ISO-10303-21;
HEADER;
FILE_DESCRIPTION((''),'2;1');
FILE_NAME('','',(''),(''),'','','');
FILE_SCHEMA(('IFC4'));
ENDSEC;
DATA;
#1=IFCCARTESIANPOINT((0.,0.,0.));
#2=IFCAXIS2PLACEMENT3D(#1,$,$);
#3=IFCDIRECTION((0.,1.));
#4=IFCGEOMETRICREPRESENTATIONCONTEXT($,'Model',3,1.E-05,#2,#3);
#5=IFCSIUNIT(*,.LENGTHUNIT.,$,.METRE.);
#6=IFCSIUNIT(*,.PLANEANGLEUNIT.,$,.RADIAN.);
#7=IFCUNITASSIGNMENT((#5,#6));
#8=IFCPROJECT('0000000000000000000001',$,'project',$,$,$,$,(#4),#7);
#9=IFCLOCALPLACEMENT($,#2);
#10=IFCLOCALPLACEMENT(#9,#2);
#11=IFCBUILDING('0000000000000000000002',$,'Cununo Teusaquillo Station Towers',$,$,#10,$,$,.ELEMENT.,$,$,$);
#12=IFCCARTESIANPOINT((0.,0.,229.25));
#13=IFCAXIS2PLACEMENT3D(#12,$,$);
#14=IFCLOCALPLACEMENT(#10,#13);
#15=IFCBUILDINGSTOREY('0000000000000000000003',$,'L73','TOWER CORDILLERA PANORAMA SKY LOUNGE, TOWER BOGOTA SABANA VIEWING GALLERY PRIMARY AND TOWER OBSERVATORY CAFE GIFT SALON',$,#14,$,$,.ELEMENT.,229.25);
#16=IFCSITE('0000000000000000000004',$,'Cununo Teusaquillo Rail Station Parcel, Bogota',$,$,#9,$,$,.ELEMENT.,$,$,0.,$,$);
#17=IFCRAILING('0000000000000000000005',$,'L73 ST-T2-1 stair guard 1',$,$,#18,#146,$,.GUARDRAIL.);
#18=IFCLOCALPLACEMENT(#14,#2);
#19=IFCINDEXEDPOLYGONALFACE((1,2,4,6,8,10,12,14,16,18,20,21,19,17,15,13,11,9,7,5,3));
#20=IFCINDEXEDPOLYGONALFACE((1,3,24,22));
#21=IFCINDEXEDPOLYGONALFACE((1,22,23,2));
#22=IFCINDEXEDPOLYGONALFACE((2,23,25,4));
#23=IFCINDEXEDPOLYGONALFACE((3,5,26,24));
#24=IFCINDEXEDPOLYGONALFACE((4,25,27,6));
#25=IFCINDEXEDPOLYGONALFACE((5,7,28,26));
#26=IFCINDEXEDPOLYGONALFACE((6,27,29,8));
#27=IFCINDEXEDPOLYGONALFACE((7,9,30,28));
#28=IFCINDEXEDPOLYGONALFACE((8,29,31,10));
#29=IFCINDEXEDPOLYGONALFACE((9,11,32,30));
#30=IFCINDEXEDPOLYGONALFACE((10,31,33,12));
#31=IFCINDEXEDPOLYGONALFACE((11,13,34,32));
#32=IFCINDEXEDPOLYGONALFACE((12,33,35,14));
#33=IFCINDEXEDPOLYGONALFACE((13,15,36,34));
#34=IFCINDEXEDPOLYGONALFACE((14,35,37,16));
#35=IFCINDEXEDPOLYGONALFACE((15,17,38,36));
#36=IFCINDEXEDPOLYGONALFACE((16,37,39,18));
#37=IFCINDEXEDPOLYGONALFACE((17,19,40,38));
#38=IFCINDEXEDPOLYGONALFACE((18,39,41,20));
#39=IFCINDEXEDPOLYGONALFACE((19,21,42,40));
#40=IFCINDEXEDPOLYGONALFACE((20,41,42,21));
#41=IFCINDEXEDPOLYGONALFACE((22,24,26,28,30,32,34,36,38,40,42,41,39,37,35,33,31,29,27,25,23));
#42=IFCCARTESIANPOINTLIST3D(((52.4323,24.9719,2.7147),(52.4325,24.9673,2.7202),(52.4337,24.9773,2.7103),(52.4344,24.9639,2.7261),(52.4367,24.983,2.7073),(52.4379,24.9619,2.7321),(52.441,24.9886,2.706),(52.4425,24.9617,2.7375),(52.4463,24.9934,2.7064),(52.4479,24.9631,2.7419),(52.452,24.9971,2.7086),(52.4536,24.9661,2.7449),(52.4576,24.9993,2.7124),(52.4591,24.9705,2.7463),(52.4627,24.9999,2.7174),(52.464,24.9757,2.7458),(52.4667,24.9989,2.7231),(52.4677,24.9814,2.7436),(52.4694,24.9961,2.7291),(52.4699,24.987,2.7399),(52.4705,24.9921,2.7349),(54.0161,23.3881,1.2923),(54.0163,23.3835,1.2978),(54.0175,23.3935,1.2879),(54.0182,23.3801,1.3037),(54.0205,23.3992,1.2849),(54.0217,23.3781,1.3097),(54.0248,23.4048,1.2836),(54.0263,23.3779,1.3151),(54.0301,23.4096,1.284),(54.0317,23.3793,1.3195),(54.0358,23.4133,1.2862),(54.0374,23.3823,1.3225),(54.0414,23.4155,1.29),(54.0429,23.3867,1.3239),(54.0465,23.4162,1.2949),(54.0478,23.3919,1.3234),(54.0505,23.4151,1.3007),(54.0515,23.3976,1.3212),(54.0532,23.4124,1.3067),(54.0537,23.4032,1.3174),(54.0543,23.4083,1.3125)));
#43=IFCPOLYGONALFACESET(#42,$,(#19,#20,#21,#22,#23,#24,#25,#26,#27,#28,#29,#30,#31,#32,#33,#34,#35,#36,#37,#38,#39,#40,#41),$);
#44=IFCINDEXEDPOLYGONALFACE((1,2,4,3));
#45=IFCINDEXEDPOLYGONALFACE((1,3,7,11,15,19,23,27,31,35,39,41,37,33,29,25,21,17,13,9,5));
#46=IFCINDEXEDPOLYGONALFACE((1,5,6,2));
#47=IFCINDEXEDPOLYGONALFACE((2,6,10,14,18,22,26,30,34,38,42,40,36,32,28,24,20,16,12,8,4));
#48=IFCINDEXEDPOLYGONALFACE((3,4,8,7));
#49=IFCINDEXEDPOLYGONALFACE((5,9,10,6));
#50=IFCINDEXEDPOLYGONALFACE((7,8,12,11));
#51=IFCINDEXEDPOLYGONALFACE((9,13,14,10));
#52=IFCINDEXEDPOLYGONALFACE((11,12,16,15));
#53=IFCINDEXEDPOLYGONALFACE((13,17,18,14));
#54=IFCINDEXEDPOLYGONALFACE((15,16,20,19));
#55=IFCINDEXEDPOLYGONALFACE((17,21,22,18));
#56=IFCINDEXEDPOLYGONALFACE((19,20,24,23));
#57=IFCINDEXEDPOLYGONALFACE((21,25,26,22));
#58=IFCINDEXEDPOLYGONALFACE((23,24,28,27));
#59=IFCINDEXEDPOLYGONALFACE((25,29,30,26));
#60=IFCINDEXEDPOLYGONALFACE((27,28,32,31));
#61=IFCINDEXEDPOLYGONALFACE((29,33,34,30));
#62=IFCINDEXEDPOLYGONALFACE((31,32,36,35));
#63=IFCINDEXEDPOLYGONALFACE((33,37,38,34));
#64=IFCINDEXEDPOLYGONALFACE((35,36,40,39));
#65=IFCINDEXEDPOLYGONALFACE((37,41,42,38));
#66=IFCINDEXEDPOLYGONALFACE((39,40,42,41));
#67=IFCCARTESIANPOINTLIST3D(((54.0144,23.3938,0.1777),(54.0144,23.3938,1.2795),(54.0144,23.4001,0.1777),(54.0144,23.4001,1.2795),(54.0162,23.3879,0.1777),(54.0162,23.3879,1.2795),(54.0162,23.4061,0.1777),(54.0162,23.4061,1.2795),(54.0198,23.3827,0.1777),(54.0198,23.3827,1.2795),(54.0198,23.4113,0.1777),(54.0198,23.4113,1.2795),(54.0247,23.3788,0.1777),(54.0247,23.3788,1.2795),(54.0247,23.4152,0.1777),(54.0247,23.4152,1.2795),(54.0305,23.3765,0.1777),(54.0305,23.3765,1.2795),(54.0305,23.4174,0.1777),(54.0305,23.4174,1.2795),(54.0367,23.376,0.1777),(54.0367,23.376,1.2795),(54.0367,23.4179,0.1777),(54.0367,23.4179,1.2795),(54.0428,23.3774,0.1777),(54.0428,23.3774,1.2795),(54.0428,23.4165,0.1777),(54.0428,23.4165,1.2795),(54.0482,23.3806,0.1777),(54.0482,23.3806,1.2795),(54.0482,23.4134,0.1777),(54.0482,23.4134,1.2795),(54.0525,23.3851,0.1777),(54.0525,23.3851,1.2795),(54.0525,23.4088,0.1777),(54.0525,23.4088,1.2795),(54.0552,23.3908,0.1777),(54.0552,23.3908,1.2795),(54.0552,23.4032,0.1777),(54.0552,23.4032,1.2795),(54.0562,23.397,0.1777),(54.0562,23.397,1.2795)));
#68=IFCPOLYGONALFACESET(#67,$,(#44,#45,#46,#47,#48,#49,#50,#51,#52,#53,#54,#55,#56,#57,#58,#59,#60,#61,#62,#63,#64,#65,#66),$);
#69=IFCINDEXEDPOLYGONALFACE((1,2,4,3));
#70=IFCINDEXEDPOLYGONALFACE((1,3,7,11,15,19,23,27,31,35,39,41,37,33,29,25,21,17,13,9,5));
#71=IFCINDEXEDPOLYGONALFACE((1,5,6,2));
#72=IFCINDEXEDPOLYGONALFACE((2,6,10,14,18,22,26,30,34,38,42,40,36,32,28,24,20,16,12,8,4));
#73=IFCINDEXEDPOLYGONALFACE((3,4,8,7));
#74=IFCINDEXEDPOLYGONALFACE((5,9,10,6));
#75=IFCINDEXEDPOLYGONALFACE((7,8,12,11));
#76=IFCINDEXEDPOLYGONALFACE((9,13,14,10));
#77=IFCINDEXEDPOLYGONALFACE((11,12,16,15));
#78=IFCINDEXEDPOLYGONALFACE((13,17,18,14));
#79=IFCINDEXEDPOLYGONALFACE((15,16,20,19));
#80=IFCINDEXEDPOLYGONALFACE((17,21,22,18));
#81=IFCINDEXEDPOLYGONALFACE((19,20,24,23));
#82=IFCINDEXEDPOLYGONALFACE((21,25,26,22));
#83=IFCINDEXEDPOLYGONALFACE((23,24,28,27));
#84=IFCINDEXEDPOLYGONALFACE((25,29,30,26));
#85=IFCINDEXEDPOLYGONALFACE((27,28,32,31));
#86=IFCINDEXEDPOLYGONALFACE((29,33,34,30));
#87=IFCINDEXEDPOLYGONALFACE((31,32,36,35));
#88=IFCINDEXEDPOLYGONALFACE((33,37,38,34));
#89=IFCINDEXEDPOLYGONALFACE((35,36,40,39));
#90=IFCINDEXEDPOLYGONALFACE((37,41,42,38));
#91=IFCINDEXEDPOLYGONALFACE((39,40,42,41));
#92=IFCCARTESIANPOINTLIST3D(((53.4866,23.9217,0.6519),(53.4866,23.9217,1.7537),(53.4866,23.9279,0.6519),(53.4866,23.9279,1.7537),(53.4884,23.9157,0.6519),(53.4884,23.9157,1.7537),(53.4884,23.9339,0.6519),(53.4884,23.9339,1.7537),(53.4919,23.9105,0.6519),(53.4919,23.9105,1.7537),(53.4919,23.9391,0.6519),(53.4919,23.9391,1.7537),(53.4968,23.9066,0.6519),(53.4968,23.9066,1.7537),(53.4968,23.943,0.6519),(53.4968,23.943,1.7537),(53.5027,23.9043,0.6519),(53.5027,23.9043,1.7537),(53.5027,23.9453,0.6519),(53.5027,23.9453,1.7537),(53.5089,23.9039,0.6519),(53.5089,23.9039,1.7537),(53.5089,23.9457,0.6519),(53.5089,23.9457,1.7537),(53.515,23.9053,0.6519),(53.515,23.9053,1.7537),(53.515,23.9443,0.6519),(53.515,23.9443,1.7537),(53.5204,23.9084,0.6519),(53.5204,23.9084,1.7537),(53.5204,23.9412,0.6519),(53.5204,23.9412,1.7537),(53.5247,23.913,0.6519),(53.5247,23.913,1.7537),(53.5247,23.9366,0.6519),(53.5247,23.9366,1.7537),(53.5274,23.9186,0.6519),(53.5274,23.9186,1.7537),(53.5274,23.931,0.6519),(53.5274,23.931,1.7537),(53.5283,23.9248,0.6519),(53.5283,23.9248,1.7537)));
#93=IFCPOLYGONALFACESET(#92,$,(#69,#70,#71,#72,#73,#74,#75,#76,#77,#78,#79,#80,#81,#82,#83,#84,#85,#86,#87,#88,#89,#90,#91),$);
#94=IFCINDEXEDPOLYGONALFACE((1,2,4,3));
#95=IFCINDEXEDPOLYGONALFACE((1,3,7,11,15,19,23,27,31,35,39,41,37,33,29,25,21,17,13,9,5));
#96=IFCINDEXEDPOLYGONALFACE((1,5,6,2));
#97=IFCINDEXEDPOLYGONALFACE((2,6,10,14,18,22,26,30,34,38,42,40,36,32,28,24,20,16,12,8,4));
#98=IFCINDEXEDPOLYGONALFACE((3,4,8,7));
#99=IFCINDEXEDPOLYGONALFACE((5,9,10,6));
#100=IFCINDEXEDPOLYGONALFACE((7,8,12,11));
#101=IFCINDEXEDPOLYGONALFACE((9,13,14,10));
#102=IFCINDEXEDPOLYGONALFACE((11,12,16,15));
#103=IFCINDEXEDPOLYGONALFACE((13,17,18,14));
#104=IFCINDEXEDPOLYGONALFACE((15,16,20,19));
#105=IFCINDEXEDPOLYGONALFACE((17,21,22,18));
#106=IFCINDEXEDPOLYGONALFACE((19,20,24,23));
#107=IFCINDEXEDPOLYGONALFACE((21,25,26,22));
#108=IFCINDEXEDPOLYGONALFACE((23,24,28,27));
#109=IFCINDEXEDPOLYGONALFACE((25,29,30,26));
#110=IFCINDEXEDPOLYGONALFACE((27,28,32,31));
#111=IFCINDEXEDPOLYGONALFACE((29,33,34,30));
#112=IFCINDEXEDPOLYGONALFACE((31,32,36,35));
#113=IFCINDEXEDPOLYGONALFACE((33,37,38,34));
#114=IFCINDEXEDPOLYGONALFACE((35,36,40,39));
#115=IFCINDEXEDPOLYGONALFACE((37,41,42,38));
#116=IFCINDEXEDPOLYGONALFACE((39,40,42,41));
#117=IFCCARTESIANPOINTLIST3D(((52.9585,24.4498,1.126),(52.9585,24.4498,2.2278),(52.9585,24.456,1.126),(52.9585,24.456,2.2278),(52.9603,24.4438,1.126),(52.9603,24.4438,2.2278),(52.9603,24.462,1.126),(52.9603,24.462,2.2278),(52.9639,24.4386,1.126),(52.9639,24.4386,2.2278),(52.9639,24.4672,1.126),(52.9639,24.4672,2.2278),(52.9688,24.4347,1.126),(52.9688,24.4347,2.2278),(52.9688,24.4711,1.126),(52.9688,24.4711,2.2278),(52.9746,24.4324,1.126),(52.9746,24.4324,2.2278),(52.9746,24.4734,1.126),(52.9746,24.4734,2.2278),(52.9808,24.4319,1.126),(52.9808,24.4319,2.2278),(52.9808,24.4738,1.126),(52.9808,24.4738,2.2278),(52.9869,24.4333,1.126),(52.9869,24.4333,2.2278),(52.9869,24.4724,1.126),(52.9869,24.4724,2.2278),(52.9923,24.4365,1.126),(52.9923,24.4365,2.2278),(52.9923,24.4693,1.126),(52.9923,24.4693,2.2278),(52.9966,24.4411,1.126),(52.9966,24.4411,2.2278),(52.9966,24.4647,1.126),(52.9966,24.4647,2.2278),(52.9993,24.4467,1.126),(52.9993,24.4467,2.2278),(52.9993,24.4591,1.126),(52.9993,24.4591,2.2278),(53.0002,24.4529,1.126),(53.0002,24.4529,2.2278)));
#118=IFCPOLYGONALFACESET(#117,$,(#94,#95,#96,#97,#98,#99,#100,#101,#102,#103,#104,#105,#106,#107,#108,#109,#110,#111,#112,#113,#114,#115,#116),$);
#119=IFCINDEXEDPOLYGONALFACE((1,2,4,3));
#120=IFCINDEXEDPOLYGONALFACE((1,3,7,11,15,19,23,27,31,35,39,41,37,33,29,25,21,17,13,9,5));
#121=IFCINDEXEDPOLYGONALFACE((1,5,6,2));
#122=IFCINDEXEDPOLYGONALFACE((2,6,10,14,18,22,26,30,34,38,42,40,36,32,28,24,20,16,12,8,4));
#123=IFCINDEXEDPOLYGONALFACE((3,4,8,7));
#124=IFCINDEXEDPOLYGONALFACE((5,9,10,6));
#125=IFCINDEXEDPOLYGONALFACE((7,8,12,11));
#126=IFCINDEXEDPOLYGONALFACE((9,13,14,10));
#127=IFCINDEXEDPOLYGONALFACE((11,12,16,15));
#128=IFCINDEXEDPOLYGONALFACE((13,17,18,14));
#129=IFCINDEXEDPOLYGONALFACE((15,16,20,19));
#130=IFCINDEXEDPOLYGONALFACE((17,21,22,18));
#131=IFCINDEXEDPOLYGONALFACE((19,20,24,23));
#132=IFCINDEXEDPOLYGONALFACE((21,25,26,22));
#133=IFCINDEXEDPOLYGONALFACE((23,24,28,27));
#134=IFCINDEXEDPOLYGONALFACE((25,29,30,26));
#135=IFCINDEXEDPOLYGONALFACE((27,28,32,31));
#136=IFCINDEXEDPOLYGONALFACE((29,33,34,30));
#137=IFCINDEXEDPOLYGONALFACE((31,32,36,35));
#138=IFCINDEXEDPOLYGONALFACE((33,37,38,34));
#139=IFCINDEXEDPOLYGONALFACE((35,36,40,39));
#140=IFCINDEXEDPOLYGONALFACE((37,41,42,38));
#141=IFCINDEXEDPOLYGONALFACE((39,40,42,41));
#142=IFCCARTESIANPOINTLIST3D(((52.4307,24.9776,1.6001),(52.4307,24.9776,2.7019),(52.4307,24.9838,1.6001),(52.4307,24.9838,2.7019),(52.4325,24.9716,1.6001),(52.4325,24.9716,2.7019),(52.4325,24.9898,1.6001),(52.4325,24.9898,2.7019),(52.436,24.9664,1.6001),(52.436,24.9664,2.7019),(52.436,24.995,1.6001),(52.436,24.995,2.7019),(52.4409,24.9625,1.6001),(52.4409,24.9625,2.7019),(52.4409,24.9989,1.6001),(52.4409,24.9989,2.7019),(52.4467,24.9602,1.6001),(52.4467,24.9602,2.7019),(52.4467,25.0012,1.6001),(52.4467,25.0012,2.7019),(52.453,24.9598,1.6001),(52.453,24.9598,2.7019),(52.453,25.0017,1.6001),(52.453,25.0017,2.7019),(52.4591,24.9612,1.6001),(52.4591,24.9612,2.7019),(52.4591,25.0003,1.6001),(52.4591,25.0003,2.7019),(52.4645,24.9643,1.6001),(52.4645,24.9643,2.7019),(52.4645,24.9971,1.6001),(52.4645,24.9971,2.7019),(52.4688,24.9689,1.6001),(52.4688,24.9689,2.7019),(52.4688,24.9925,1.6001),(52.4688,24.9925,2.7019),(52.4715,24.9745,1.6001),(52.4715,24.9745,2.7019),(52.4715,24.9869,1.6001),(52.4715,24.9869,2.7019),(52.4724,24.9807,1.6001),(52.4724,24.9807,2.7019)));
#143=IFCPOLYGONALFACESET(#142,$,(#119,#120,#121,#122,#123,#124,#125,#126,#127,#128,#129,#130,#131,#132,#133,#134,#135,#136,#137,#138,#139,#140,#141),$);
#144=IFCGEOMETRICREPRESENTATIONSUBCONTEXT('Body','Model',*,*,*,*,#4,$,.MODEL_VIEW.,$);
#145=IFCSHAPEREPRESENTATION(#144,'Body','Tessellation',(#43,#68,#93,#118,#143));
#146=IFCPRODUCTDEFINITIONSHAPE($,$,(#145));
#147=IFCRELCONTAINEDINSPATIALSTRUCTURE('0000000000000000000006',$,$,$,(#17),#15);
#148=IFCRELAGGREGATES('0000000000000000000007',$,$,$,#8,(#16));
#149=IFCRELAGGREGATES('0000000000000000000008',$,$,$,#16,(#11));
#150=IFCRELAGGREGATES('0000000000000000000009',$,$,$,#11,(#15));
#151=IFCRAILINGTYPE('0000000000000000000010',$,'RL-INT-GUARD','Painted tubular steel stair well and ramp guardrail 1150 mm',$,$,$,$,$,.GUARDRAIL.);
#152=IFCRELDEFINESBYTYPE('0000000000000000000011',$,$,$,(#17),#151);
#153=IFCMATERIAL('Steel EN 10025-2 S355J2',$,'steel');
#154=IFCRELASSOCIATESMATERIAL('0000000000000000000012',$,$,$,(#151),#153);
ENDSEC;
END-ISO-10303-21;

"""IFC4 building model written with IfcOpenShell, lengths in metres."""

from ifc_helpers import new_model, si_unit, direction, frame, origin, origin_2d, place, context, subcontext, project, spatial, circle, extrude, material, type_object, element, save


model = new_model("IFC4")

# Units and contexts
model_context = context("Model", 3, precision=1e-05, world=origin(), true_north=direction((0.0, 1.0)))
body_context = subcontext(model_context, "Body", "Model", "MODEL_VIEW")
ifc_project = project(units=[si_unit("LENGTHUNIT", "METRE"), si_unit("PLANEANGLEUNIT", "RADIAN")], contexts=[model_context])

# Site, building, storey
site_placement = place(None, origin())
site = spatial("IfcSite", under=ifc_project, at=site_placement, Name="Cununo Teusaquillo Rail Station Parcel, Bogota", CompositionType="ELEMENT", RefElevation=0.0)
building_placement = place(site_placement, origin())
building = spatial("IfcBuilding", under=site, at=building_placement, Name="Cununo Teusaquillo Station Towers", CompositionType="ELEMENT")
storey_placement = place(building_placement, frame((0.0, 0.0, 229.25)))
storey = spatial("IfcBuildingStorey", under=building, at=storey_placement, Name="L73", Description="TOWER CORDILLERA PANORAMA SKY LOUNGE, TOWER BOGOTA SABANA VIEWING GALLERY PRIMARY AND TOWER OBSERVATORY CAFE GIFT SALON", CompositionType="ELEMENT", Elevation=229.25)

# Railing
ifc_material_1 = material(Name="Steel EN 10025-2 S355J2", Category="steel")
railing_type_1 = type_object("IfcRailingType", Name="RL-INT-GUARD", Description="Painted tubular steel stair well and ramp guardrail 1150 mm", PredefinedType="GUARDRAIL", material=ifc_material_1)
railing_1_placement = place(storey_placement, frame((54.0352, 23.397, 0.1777)))
element("IfcRailing", 1, at=railing_1_placement, inside=storey, type_object=railing_type_1, Name="L73 ST-T2-1 stair guard 1", PredefinedType="GUARDRAIL", context=body_context, shape_type="SweptSolid", body=[
    extrude(circle(Radius=0.0239, at=origin_2d()), frame((0.0, 0.0, 1.126), z_axis=(-0.596912, 0.596912, 0.536089), x_axis=(-0.707107, -0.707107, 0.0)), (0.0, 0.0, 1.0), 2.6533),
    extrude(circle(Radius=0.021, at=origin_2d()), origin(), (0.0, 0.0, 1.0), 1.1018),
    extrude(circle(Radius=0.021, at=origin_2d()), frame((-0.5278, 0.5278, 0.4741)), (0.0, 0.0, 1.0), 1.1018),
    extrude(circle(Radius=0.021, at=origin_2d()), frame((-1.0559, 1.0559, 0.9482)), (0.0, 0.0, 1.0), 1.1018),
    extrude(circle(Radius=0.021, at=origin_2d()), frame((-1.5837, 1.5837, 1.4224)), (0.0, 0.0, 1.0), 1.1018),
])

save(model, "model.ifc")
